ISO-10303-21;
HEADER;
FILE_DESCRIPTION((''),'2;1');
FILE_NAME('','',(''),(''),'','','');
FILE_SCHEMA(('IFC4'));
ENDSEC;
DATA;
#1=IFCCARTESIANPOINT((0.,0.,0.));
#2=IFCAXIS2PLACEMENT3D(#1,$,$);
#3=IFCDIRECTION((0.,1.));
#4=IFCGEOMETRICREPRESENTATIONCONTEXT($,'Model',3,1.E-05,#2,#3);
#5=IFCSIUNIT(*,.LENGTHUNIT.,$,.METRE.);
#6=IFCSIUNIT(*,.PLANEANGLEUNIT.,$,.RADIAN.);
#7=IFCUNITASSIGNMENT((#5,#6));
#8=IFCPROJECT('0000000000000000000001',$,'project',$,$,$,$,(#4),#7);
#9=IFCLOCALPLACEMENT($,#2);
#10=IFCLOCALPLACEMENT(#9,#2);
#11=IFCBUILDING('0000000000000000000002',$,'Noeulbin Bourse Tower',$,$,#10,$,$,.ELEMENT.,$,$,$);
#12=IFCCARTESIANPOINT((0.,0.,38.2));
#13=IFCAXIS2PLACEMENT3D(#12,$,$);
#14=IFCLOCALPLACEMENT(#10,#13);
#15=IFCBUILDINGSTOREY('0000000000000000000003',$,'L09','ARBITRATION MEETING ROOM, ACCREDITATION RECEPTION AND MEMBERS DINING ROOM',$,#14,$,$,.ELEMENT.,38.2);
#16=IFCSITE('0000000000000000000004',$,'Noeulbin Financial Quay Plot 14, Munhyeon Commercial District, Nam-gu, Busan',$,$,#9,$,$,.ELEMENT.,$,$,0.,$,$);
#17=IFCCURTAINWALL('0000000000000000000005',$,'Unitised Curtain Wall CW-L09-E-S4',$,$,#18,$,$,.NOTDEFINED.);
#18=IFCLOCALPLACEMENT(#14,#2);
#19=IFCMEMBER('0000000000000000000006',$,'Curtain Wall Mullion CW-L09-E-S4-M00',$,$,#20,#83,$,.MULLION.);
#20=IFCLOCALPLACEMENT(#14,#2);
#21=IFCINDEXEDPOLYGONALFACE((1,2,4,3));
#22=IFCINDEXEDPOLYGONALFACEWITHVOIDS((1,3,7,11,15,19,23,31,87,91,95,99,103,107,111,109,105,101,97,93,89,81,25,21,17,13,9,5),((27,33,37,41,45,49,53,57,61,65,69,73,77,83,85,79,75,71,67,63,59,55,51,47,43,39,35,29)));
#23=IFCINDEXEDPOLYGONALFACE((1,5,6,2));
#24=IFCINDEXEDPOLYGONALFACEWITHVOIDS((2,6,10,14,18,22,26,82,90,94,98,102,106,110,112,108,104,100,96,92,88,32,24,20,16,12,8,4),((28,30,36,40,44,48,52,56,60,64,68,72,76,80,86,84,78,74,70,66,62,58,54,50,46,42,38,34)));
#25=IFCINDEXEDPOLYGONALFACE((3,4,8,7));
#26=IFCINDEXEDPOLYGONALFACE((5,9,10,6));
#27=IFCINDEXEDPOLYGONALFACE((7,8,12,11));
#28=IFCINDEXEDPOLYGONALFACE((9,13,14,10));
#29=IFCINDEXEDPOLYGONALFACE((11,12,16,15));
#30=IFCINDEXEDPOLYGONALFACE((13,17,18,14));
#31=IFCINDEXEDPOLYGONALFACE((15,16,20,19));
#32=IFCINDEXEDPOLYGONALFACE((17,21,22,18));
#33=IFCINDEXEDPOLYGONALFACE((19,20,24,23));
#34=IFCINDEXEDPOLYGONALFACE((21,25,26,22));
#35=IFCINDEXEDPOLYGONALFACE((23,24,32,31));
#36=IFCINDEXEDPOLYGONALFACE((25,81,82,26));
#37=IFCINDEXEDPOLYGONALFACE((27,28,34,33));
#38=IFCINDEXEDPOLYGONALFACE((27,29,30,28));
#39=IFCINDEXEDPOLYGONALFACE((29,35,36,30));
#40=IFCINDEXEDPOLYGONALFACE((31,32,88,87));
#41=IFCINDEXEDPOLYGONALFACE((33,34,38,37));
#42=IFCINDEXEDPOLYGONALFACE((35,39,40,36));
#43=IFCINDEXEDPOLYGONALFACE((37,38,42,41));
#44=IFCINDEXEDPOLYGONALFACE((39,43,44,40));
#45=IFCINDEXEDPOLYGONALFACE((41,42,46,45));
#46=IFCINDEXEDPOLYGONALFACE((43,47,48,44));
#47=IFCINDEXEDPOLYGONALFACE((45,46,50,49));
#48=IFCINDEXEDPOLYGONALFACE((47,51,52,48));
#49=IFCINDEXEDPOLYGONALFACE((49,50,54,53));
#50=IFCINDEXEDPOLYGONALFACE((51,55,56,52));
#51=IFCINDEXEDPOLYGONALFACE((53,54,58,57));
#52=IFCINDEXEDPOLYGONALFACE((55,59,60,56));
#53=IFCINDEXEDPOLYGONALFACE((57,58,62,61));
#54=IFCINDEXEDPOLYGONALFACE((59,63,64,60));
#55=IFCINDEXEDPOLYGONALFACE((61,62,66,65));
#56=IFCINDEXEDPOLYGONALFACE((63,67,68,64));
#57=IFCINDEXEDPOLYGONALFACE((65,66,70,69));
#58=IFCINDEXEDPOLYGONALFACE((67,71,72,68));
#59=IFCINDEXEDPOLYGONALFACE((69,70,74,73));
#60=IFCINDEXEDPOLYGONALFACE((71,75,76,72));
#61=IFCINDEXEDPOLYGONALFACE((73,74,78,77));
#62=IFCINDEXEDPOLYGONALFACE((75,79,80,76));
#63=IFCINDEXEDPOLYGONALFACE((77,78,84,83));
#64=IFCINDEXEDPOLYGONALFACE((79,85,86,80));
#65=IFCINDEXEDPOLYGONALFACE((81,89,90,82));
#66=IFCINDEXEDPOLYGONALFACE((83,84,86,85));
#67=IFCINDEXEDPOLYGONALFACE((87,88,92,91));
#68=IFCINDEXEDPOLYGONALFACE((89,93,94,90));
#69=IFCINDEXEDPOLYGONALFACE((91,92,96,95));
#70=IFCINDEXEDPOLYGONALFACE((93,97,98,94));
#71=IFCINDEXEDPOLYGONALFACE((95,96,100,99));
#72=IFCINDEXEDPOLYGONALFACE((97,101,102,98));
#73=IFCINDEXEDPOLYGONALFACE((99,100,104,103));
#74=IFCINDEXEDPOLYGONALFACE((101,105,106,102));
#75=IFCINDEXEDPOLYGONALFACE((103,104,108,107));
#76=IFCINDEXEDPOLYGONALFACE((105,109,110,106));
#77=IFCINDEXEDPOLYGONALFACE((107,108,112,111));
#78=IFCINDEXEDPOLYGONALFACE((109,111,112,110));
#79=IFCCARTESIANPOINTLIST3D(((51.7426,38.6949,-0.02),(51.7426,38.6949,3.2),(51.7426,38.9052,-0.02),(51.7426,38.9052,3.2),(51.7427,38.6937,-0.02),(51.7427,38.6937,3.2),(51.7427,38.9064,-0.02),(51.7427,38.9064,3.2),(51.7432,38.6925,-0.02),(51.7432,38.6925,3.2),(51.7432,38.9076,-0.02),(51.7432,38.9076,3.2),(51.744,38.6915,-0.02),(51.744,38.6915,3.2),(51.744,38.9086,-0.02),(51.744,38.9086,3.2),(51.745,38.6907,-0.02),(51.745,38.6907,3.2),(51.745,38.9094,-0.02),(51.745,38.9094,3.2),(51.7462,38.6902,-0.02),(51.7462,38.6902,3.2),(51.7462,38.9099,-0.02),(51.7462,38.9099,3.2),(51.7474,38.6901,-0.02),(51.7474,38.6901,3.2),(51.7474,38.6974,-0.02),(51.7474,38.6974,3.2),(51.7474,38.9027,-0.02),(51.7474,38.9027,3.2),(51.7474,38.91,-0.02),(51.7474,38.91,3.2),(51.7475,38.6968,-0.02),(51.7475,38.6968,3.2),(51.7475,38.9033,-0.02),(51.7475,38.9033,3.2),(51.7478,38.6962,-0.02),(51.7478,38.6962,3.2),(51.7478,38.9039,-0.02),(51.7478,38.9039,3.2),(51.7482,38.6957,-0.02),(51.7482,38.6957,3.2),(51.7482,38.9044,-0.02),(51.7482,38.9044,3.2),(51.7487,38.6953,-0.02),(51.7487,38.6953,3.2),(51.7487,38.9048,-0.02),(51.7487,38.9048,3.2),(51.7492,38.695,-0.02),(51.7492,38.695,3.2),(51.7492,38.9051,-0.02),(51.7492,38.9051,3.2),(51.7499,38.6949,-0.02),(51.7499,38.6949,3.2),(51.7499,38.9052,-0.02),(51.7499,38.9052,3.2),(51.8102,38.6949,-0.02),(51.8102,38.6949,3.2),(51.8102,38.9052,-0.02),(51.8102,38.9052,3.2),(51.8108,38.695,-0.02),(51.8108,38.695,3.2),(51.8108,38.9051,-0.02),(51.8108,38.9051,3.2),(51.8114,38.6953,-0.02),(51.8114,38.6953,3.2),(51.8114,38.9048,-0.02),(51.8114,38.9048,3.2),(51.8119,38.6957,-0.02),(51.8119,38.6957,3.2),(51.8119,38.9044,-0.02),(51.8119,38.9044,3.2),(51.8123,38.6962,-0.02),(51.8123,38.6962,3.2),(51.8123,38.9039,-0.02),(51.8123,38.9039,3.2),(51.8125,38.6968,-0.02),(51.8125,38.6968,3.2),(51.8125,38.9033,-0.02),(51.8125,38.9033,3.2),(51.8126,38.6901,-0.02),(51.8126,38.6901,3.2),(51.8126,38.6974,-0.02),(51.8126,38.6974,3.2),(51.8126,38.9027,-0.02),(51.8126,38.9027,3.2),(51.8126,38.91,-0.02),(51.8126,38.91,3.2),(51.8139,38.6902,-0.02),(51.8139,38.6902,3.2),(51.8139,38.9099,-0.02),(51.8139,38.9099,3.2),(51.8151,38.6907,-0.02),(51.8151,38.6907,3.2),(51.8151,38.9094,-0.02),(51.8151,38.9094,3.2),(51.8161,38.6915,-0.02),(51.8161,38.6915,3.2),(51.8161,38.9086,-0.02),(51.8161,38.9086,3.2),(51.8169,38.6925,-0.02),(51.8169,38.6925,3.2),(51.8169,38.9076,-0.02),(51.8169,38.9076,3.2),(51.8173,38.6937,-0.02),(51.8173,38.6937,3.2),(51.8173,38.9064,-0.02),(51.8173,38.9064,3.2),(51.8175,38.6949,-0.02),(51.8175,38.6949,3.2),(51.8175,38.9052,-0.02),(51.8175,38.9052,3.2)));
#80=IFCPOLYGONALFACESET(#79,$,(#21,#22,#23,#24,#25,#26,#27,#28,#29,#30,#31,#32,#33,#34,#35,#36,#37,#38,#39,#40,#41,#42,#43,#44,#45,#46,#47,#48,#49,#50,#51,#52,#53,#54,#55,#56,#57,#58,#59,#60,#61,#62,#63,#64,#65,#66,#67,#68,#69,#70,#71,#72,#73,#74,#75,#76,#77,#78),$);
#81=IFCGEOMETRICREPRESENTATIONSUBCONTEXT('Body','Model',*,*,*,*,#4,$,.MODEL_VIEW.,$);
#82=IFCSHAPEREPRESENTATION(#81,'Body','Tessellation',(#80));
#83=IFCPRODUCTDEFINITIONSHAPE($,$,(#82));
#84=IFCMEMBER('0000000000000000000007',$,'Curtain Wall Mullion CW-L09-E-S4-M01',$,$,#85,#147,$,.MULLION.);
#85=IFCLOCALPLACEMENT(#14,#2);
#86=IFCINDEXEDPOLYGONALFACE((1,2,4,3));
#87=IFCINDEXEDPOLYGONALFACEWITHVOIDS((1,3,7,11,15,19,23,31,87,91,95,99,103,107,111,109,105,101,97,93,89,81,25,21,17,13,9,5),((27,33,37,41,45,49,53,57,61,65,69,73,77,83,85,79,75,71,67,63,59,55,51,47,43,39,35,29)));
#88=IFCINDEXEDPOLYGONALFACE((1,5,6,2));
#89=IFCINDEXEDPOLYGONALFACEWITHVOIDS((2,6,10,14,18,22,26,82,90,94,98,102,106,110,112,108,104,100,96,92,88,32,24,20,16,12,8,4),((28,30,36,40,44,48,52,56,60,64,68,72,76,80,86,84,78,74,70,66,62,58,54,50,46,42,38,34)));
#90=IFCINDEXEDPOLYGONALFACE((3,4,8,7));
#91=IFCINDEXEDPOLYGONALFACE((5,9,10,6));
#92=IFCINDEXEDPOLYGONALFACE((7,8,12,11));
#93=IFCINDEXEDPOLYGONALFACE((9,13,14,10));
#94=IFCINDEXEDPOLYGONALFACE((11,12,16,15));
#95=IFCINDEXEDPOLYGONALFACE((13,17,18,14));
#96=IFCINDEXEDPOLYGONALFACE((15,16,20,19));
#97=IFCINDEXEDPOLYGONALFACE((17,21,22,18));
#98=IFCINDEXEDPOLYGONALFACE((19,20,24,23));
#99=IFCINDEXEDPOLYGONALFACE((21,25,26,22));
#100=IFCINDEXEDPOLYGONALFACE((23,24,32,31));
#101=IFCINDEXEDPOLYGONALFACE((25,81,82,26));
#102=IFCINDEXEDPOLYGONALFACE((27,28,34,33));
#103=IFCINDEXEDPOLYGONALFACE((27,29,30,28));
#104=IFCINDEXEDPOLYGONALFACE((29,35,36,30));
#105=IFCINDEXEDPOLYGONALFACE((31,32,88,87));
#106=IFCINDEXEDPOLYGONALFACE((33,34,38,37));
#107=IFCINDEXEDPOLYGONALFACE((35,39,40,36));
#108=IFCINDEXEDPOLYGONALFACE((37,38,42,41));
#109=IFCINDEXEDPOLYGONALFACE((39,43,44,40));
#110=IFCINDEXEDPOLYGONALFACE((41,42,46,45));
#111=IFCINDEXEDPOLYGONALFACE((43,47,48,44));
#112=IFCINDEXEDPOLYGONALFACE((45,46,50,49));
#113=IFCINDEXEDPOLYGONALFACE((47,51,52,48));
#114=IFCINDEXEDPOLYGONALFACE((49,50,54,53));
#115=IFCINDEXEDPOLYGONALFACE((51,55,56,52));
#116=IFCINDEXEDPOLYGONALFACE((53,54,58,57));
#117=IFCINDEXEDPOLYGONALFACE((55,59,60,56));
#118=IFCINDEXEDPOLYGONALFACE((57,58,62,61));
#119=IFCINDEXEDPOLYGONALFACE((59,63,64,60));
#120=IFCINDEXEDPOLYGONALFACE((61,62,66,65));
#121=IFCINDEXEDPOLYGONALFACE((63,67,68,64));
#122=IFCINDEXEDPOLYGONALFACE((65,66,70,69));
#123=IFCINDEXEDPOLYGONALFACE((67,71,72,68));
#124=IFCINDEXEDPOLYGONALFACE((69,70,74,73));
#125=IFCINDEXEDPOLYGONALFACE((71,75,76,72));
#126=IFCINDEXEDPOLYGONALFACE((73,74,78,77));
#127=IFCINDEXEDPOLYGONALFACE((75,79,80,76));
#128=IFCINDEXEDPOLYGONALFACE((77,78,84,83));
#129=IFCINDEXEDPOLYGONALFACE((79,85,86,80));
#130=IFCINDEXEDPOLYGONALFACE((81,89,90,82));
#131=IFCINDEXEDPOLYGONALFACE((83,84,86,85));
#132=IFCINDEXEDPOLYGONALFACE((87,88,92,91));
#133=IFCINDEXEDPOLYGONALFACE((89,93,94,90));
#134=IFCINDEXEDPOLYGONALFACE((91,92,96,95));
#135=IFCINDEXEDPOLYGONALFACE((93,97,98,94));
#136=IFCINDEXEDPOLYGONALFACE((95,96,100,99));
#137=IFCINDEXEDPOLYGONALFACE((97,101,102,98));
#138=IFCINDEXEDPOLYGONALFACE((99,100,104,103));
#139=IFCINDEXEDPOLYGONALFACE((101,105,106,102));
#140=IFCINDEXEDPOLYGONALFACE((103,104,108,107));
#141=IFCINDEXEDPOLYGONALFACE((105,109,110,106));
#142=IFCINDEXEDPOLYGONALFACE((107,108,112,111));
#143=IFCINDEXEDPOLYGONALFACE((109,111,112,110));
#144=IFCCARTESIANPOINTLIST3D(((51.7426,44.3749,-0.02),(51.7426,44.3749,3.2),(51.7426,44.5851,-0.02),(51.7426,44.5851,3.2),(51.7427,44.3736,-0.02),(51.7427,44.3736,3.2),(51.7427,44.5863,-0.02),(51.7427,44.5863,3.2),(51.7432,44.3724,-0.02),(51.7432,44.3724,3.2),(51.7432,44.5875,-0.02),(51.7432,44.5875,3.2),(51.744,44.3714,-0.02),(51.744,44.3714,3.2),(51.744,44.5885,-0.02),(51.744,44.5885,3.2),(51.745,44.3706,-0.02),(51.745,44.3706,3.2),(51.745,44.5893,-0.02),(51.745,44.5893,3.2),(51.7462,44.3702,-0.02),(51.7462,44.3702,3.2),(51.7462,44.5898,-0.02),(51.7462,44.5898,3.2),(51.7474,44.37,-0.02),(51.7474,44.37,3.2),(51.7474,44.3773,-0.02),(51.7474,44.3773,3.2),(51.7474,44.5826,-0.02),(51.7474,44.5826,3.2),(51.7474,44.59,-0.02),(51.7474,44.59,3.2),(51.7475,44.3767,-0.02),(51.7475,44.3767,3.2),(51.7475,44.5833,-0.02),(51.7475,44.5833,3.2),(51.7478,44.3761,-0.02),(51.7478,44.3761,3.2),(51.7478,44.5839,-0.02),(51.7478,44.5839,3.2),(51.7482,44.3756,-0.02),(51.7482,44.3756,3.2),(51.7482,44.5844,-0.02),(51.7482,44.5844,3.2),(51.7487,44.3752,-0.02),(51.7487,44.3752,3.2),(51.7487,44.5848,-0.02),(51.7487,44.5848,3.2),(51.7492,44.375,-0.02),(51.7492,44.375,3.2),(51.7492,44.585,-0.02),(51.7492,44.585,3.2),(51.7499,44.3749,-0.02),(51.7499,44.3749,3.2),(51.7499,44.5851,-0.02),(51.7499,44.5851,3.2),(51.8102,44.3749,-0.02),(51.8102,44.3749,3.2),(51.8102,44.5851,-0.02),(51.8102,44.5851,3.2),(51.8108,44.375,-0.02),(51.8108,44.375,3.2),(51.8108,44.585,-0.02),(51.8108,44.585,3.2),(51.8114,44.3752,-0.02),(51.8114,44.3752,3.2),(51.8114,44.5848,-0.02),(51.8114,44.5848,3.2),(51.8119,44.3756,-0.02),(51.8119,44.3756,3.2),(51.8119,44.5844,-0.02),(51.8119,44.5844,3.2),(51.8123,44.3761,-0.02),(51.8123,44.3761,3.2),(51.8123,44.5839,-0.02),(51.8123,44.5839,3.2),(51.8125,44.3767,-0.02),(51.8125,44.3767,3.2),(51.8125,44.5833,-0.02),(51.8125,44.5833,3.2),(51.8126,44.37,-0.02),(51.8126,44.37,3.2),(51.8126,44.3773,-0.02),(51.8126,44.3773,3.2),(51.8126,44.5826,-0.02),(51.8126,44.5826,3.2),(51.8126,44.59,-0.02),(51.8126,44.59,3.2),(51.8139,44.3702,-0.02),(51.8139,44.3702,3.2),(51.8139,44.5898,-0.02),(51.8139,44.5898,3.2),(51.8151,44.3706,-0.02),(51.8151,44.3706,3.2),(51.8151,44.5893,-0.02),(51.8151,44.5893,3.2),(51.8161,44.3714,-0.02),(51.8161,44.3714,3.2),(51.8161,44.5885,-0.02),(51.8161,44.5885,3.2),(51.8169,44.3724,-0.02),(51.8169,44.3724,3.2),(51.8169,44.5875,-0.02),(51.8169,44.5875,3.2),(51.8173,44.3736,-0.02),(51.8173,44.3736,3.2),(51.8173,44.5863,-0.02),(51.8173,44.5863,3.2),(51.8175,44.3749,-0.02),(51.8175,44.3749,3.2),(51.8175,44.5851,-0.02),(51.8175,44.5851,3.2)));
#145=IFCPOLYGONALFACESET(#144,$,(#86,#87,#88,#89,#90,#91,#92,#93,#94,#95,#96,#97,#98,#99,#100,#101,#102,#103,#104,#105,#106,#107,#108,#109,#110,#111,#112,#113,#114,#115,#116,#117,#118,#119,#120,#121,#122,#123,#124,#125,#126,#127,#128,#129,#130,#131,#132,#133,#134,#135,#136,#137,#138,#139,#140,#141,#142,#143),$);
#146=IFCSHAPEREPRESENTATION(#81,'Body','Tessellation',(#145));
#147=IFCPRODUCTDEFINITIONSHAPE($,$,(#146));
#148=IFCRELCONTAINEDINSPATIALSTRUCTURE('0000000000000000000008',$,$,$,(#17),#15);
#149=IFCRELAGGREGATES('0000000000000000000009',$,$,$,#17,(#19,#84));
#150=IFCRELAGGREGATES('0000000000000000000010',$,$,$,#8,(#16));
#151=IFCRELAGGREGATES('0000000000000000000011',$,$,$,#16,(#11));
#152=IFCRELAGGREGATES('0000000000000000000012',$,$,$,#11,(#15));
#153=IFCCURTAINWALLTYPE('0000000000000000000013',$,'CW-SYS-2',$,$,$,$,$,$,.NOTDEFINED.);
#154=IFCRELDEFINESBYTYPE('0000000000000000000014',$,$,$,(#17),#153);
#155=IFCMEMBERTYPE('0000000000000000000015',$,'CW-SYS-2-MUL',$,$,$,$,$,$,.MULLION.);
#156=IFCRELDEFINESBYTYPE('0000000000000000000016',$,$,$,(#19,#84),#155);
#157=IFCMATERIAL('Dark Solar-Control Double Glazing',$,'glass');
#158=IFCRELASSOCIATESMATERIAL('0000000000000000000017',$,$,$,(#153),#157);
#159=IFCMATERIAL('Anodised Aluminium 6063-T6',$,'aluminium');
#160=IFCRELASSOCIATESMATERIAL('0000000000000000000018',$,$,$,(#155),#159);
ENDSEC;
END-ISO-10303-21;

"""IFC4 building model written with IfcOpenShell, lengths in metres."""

from ifc_helpers import new_model, si_unit, direction, frame, origin, origin_2d, place, context, subcontext, project, spatial, hollow_rectangle, extrude, material, material_profile, profile_set, type_object, element, aggregate, save


model = new_model("IFC4")

# Units and contexts
model_context = context("Model", 3, precision=1e-05, world=origin(), true_north=direction((0.0, 1.0)))
body_context = subcontext(model_context, "Body", "Model", "MODEL_VIEW")
ifc_project = project(units=[si_unit("LENGTHUNIT", "METRE"), si_unit("PLANEANGLEUNIT", "RADIAN")], contexts=[model_context])

# Site, building, storey
site_placement = place(None, origin())
site = spatial("IfcSite", under=ifc_project, at=site_placement, Name="Noeulbin Financial Quay Plot 14, Munhyeon Commercial District, Nam-gu, Busan", CompositionType="ELEMENT", RefElevation=0.0)
building_placement = place(site_placement, origin())
building = spatial("IfcBuilding", under=site, at=building_placement, Name="Noeulbin Bourse Tower", CompositionType="ELEMENT")
storey_placement = place(building_placement, frame((0.0, 0.0, 38.2)))
storey = spatial("IfcBuildingStorey", under=building, at=storey_placement, Name="L09", Description="ARBITRATION MEETING ROOM, ACCREDITATION RECEPTION AND MEMBERS DINING ROOM", CompositionType="ELEMENT", Elevation=38.2)

# Shared definitions
ifc_material_1 = material(Name="Dark Solar-Control Double Glazing", Category="glass")
curtain_wall_type = type_object("IfcCurtainWallType", Name="CW-SYS-2", PredefinedType="NOTDEFINED", material=ifc_material_1)
ifc_material_2 = material(Name="Anodised Aluminium 6063-T6", Category="aluminium")
ifc_material_profile_1 = material_profile(ifc_material_2, hollow_rectangle(XDim=0.075, YDim=0.22, WallThickness=0.0049, InnerFilletRadius=0.0024, OuterFilletRadius=0.0049, at=origin_2d()), Name="ALU-MULL-75x220x5", Category="LoadBearing")
ifc_profile_set_1 = profile_set([ifc_material_profile_1], Name="Anodised Aluminium 6063-T6")
member_type_1 = type_object("IfcMemberType", Name="CW-SYS-2-MUL", PredefinedType="MULLION", material=ifc_profile_set_1)

# Curtain wall, members
curtain_wall_1_placement = place(storey_placement, origin())
curtain_wall_1 = element("IfcCurtainWall", 1, at=curtain_wall_1_placement, inside=storey, type_object=curtain_wall_type, Name="Unitised Curtain Wall CW-L09-E-S4", PredefinedType="NOTDEFINED")
member_1_placement = place(storey_placement, frame((51.78, 38.8, -0.02), z_axis=(0.0, 0.0, 1.0), x_axis=(1.0, 0.0, 0.0)))
member_1 = element("IfcMember", 2, at=member_1_placement, type_object=member_type_1, Name="Curtain Wall Mullion CW-L09-E-S4-M00", PredefinedType="MULLION", context=body_context, shape_type="SweptSolid", body=[
    extrude(hollow_rectangle(XDim=0.075, YDim=0.22, WallThickness=0.0049, InnerFilletRadius=0.0024, OuterFilletRadius=0.0049, at=origin_2d()), origin(), (0.0, 0.0, 1.0), 3.22),
])
member_2_placement = place(storey_placement, frame((51.78, 44.48, -0.02), z_axis=(0.0, 0.0, 1.0), x_axis=(1.0, 0.0, 0.0)))
member_2 = element("IfcMember", 3, at=member_2_placement, type_object=member_type_1, Name="Curtain Wall Mullion CW-L09-E-S4-M01", PredefinedType="MULLION", context=body_context, shape_type="SweptSolid", body=[
    extrude(hollow_rectangle(XDim=0.075, YDim=0.22, WallThickness=0.0049, InnerFilletRadius=0.0024, OuterFilletRadius=0.0049, at=origin_2d()), origin(), (0.0, 0.0, 1.0), 3.22),
])

aggregate(curtain_wall_1, [member_1, member_2])

save(model, "model.ifc")
